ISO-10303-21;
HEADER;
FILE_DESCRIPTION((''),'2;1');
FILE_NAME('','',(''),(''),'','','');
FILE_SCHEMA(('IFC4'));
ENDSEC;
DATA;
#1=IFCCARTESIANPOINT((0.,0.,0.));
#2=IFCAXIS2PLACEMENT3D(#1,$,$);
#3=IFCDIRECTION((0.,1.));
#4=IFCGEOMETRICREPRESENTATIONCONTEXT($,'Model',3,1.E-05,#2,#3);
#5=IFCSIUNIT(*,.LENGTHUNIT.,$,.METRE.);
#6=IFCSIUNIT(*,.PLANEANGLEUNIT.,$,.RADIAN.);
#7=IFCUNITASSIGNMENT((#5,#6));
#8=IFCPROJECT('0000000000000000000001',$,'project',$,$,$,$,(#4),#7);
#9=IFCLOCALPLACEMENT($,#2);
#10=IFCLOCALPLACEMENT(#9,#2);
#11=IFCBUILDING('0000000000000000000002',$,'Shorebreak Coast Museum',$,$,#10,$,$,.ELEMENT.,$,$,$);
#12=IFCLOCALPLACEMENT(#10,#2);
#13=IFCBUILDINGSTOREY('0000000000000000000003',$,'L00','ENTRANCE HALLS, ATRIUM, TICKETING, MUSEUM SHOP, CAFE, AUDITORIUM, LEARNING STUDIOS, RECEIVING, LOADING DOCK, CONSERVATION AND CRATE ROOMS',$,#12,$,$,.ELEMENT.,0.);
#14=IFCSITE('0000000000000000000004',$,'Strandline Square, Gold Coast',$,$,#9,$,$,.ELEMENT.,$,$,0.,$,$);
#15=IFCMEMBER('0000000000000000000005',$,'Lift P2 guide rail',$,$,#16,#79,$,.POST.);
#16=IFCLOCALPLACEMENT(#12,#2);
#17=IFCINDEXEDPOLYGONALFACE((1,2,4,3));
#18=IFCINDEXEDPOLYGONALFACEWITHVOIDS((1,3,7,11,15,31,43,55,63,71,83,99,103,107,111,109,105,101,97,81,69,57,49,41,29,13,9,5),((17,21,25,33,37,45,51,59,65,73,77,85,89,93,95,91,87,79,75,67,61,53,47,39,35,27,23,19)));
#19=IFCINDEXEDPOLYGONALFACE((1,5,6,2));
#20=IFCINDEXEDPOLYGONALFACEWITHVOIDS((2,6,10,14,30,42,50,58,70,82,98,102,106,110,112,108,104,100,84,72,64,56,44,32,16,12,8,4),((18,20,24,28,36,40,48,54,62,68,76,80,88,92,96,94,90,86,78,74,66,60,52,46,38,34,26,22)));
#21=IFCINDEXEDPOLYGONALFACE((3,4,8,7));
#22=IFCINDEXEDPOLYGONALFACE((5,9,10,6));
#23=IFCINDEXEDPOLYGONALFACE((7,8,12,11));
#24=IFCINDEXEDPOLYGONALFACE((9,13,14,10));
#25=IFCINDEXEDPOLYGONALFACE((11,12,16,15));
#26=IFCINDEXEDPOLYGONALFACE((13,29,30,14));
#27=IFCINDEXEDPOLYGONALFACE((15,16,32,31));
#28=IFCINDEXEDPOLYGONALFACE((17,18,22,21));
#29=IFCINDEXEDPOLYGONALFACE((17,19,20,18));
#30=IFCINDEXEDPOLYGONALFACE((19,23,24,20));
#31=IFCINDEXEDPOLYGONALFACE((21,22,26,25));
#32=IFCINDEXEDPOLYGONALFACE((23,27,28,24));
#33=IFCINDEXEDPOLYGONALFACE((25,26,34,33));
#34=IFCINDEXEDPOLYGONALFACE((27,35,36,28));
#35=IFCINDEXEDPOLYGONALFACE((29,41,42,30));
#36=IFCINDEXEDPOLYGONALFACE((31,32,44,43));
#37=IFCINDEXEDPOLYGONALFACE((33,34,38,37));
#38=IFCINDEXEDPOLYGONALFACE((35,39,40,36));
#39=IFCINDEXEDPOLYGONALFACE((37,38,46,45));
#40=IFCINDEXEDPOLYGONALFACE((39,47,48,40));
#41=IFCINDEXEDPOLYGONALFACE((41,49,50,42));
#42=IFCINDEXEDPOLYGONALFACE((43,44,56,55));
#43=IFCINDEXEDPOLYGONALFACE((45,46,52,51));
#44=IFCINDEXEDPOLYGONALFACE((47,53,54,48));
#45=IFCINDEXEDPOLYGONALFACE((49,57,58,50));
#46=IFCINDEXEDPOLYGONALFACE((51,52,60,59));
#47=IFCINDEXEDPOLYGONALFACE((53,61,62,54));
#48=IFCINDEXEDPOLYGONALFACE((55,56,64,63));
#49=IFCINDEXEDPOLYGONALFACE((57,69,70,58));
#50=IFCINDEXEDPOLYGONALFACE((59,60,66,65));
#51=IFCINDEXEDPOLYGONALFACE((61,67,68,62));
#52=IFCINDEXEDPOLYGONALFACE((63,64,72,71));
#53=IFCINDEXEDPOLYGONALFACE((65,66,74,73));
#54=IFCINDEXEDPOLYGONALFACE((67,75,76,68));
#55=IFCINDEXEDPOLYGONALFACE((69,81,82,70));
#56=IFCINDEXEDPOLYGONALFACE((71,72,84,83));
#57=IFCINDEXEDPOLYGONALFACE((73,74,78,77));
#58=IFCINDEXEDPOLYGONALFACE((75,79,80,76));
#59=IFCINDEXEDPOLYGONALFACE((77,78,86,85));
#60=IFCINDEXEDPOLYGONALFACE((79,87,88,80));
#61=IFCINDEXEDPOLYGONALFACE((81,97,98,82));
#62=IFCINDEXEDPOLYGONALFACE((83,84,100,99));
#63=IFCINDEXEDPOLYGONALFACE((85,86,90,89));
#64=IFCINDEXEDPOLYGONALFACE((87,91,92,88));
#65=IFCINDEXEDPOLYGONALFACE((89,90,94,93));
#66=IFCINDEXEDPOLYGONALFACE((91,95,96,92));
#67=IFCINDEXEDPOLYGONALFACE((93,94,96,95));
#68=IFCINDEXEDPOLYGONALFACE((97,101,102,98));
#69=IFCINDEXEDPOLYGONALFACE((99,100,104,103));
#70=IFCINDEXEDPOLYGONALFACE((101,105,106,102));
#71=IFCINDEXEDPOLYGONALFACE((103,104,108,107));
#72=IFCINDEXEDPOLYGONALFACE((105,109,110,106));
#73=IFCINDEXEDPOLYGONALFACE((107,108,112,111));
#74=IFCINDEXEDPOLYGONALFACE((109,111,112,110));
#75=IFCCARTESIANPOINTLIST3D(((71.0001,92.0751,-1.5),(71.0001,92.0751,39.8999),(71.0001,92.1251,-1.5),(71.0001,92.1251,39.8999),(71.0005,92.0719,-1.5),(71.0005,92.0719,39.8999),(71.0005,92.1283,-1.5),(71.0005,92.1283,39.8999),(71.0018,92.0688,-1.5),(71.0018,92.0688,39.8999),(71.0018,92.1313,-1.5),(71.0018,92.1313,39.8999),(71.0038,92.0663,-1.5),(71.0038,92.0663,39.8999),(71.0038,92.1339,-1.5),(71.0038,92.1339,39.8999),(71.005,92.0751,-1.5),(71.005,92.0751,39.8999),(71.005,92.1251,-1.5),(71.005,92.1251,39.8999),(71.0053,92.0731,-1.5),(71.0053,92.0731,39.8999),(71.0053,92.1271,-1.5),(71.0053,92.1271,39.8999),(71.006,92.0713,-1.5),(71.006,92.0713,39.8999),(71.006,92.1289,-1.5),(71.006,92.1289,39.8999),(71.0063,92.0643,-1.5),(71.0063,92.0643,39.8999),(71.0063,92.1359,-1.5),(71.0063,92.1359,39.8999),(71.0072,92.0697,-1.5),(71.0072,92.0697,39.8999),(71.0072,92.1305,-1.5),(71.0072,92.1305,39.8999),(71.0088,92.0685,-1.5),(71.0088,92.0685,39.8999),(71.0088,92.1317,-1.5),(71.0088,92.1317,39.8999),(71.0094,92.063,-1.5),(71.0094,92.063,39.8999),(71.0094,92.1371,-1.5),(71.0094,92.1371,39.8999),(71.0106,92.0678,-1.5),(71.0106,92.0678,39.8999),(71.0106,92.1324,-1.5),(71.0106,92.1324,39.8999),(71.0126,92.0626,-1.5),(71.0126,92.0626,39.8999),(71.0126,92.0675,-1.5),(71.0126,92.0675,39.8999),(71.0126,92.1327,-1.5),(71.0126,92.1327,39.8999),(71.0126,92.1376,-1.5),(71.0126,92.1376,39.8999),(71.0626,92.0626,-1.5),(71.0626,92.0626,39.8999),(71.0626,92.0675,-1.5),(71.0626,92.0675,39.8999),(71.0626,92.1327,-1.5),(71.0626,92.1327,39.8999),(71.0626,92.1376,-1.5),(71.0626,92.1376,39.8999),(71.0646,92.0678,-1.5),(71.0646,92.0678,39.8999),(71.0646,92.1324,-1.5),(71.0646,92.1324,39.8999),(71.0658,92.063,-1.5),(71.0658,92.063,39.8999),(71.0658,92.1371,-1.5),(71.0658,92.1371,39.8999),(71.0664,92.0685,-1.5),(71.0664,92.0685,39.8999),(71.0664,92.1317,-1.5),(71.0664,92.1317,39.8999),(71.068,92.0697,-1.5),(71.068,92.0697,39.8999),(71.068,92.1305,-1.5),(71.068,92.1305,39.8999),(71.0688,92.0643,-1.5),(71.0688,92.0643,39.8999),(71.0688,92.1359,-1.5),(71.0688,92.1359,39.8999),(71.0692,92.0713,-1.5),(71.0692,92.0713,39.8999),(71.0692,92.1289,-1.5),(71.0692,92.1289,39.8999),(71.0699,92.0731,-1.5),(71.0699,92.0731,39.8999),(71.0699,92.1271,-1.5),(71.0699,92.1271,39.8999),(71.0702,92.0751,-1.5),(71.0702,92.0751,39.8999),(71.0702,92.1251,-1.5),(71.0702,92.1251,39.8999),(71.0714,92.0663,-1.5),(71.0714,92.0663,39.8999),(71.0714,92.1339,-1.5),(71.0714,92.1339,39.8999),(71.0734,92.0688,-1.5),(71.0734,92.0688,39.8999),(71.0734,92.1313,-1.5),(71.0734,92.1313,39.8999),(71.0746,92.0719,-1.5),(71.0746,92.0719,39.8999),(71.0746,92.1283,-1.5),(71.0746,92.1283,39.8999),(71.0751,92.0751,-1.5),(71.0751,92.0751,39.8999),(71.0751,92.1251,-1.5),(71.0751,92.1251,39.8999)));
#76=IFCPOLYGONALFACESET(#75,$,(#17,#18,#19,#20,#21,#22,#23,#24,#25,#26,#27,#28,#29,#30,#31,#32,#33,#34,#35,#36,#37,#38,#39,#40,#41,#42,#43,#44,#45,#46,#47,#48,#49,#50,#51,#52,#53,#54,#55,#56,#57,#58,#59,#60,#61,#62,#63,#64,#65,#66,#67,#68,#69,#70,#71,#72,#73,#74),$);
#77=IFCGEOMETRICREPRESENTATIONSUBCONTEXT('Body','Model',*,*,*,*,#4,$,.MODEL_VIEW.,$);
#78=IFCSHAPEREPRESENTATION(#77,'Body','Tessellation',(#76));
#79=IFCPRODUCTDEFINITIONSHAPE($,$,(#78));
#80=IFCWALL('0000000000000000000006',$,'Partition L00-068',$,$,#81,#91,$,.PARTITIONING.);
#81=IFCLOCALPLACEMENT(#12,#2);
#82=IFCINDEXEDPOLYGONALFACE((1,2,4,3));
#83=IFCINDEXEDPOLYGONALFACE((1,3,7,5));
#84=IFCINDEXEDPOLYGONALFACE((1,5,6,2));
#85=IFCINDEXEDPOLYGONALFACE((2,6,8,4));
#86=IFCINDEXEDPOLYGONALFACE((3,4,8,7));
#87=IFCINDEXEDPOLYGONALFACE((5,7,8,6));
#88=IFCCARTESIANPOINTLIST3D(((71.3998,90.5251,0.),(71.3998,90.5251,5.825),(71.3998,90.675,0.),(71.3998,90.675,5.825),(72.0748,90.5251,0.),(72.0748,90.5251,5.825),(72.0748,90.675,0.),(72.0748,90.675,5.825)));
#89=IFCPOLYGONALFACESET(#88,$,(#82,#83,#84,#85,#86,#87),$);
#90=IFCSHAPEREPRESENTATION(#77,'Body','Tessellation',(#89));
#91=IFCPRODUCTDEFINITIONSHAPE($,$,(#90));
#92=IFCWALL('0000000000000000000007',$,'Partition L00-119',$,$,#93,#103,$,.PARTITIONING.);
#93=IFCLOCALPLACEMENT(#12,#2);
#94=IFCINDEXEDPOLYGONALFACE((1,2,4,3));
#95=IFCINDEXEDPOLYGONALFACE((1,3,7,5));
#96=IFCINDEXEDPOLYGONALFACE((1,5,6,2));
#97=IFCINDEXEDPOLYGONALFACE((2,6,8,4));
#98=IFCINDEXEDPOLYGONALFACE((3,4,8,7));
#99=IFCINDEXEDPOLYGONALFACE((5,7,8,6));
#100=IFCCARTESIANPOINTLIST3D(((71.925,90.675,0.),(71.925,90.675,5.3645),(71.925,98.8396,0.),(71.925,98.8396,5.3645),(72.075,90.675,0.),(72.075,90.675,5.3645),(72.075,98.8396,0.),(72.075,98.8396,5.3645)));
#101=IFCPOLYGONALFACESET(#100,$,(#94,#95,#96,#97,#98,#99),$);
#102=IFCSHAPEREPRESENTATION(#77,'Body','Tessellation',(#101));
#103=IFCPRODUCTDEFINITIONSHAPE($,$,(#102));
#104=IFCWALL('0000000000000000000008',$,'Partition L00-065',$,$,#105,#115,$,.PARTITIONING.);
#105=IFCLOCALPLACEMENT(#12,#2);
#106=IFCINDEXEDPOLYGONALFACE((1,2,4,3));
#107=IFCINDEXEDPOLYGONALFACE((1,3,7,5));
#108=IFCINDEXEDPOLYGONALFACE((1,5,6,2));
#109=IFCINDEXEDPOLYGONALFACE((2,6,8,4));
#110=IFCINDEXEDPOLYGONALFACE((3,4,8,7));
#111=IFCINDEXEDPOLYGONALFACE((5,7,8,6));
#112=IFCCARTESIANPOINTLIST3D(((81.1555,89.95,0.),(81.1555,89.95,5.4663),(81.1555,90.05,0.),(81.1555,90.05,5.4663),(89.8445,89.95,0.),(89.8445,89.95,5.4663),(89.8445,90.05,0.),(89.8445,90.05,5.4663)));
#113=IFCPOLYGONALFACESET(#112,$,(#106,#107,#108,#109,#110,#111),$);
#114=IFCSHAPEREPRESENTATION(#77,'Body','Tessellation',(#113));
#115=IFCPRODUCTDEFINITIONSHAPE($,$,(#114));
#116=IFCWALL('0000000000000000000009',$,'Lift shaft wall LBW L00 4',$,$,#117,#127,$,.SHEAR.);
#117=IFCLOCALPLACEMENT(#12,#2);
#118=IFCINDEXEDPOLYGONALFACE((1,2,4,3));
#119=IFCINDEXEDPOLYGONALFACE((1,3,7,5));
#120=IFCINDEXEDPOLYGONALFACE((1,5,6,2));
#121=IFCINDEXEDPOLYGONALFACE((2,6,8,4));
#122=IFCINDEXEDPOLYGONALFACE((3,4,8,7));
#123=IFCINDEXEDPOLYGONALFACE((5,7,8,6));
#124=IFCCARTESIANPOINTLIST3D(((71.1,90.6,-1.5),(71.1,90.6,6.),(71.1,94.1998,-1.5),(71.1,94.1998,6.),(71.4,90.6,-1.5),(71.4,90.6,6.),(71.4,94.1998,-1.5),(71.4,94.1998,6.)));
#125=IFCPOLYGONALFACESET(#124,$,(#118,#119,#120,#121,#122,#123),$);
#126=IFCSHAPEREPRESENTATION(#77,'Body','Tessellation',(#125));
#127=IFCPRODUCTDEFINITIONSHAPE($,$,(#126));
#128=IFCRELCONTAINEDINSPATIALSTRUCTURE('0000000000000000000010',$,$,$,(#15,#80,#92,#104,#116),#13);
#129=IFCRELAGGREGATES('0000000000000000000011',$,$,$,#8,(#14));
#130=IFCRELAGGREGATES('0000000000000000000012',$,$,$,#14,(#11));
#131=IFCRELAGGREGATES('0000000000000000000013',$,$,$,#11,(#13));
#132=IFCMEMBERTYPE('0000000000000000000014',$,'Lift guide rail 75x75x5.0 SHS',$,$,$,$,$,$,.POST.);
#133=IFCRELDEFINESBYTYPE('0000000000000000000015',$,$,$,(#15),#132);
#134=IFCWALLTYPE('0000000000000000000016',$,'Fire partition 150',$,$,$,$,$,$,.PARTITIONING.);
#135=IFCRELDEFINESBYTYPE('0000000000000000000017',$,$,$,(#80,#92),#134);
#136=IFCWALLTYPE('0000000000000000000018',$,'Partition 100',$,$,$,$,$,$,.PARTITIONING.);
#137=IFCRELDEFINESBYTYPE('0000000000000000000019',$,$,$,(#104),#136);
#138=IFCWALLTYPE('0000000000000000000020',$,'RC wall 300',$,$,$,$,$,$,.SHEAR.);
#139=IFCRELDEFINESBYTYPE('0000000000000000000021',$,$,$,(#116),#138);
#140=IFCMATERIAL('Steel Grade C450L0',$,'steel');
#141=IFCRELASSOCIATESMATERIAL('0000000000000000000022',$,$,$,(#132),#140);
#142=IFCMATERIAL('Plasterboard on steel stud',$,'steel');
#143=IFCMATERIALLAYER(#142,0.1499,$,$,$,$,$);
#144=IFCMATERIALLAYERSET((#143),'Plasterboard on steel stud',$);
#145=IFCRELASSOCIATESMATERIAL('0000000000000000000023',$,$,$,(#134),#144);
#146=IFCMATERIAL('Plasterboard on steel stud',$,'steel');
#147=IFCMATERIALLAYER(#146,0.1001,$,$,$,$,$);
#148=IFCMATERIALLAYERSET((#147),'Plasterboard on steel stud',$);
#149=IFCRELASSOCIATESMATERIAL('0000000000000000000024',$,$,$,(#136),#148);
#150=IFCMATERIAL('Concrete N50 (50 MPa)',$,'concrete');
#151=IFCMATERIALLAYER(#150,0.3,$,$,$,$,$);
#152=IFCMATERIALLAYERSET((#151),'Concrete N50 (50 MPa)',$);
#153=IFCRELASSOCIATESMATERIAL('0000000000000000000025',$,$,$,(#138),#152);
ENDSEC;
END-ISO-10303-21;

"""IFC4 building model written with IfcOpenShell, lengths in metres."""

from ifc_helpers import new_model, si_unit, direction, frame, frame_2d, origin, origin_2d, place, context, subcontext, project, spatial, rectangle, hollow_rectangle, extrude, material, layer, layer_set, material_profile, profile_set, type_object, element, save


model = new_model("IFC4")

# Units and contexts
model_context = context("Model", 3, precision=1e-05, world=origin(), true_north=direction((0.0, 1.0)))
body_context = subcontext(model_context, "Body", "Model", "MODEL_VIEW")
ifc_project = project(units=[si_unit("LENGTHUNIT", "METRE"), si_unit("PLANEANGLEUNIT", "RADIAN")], contexts=[model_context])

# Site, building, storey
site_placement = place(None, origin())
site = spatial("IfcSite", under=ifc_project, at=site_placement, Name="Strandline Square, Gold Coast", CompositionType="ELEMENT", RefElevation=0.0)
building_placement = place(site_placement, origin())
building = spatial("IfcBuilding", under=site, at=building_placement, Name="Shorebreak Coast Museum", CompositionType="ELEMENT")
storey_placement = place(building_placement, origin())
storey = spatial("IfcBuildingStorey", under=building, at=storey_placement, Name="L00", Description="ENTRANCE HALLS, ATRIUM, TICKETING, MUSEUM SHOP, CAFE, AUDITORIUM, LEARNING STUDIOS, RECEIVING, LOADING DOCK, CONSERVATION AND CRATE ROOMS", CompositionType="ELEMENT", Elevation=0.0)

# Member
ifc_material_1 = material(Name="Steel Grade C450L0", Category="steel")
ifc_material_profile_1 = material_profile(ifc_material_1, hollow_rectangle(XDim=0.075, YDim=0.075, WallThickness=0.0049, InnerFilletRadius=0.0076, OuterFilletRadius=0.0125, at=origin_2d()), Name="75x75x5.0 SHS")
ifc_profile_set_1 = profile_set([ifc_material_profile_1], Name="Steel Grade C450L0")
member_type = type_object("IfcMemberType", Name="Lift guide rail 75x75x5.0 SHS", PredefinedType="POST", material=ifc_profile_set_1)
member_placement = place(storey_placement, frame((71.0376, 92.1001, -1.5), z_axis=(0.0, 0.0, 1.0), x_axis=(1.0, 0.0, 0.0)))
element("IfcMember", 1, at=member_placement, inside=storey, type_object=member_type, Name="Lift P2 guide rail", PredefinedType="POST", context=body_context, shape_type="SweptSolid", body=[
    extrude(hollow_rectangle(XDim=0.075, YDim=0.075, WallThickness=0.0049, InnerFilletRadius=0.0076, OuterFilletRadius=0.0125, at=origin_2d()), origin(), (0.0, 0.0, 1.0), 41.3999),
])

# Walls
ifc_material_2 = material(Name="Plasterboard on steel stud", Category="steel")
ifc_layer_1 = layer(ifc_material_2, 0.1499)
ifc_layer_set_1 = layer_set([ifc_layer_1], Name="Plasterboard on steel stud")
wall_type_1 = type_object("IfcWallType", Name="Fire partition 150", PredefinedType="PARTITIONING", material=ifc_layer_set_1)
wall_1_placement = place(storey_placement, frame((71.3999, 90.6001, 0.0), z_axis=(0.0, 0.0, 1.0), x_axis=(1.0, 0.0, 0.0)))
element("IfcWall", 2, at=wall_1_placement, inside=storey, type_object=wall_type_1, Name="Partition L00-068", PredefinedType="PARTITIONING", context=body_context, shape_type="SweptSolid", body=[
    extrude(rectangle(XDim=0.675, YDim=0.1499, at=frame_2d((0.3374, 0.0))), origin(), (0.0, 0.0, 1.0), 5.825),
])
wall_2_placement = place(storey_placement, frame((72.0, 90.675, 0.0), z_axis=(0.0, 0.0, 1.0), x_axis=(0.0, 1.0, 0.0)))
element("IfcWall", 3, at=wall_2_placement, inside=storey, type_object=wall_type_1, Name="Partition L00-119", PredefinedType="PARTITIONING", context=body_context, shape_type="SweptSolid", body=[
    extrude(rectangle(XDim=8.1646, YDim=0.1499, at=frame_2d((4.0823, 0.0))), origin(), (0.0, 0.0, 1.0), 5.3645),
])
ifc_material_3 = material(Name="Plasterboard on steel stud", Category="steel")
ifc_layer_2 = layer(ifc_material_3, 0.1001)
ifc_layer_set_2 = layer_set([ifc_layer_2], Name="Plasterboard on steel stud")
wall_type_2 = type_object("IfcWallType", Name="Partition 100", PredefinedType="PARTITIONING", material=ifc_layer_set_2)
wall_3_placement = place(storey_placement, frame((81.1555, 90.0, 0.0), z_axis=(0.0, 0.0, 1.0), x_axis=(1.0, 0.0, 0.0)))
element("IfcWall", 4, at=wall_3_placement, inside=storey, type_object=wall_type_2, Name="Partition L00-065", PredefinedType="PARTITIONING", context=body_context, shape_type="SweptSolid", body=[
    extrude(rectangle(XDim=8.689, YDim=0.1001, at=frame_2d((4.3445, 0.0))), origin(), (0.0, 0.0, 1.0), 5.4663),
])
ifc_material_4 = material(Name="Concrete N50 (50 MPa)", Category="concrete")
ifc_layer_3 = layer(ifc_material_4, 0.3)
ifc_layer_set_3 = layer_set([ifc_layer_3], Name="Concrete N50 (50 MPa)")
wall_type_3 = type_object("IfcWallType", Name="RC wall 300", PredefinedType="SHEAR", material=ifc_layer_set_3)
wall_4_placement = place(storey_placement, frame((71.25, 90.6001, -1.5), z_axis=(0.0, 0.0, 1.0), x_axis=(0.0, 1.0, 0.0)))
element("IfcWall", 5, at=wall_4_placement, inside=storey, type_object=wall_type_3, Name="Lift shaft wall LBW L00 4", PredefinedType="SHEAR", context=body_context, shape_type="SweptSolid", body=[
    extrude(rectangle(XDim=3.5999, YDim=0.3, at=frame_2d((1.7998, 0.0))), origin(), (0.0, 0.0, 1.0), 7.5),
])

save(model, "model.ifc")
